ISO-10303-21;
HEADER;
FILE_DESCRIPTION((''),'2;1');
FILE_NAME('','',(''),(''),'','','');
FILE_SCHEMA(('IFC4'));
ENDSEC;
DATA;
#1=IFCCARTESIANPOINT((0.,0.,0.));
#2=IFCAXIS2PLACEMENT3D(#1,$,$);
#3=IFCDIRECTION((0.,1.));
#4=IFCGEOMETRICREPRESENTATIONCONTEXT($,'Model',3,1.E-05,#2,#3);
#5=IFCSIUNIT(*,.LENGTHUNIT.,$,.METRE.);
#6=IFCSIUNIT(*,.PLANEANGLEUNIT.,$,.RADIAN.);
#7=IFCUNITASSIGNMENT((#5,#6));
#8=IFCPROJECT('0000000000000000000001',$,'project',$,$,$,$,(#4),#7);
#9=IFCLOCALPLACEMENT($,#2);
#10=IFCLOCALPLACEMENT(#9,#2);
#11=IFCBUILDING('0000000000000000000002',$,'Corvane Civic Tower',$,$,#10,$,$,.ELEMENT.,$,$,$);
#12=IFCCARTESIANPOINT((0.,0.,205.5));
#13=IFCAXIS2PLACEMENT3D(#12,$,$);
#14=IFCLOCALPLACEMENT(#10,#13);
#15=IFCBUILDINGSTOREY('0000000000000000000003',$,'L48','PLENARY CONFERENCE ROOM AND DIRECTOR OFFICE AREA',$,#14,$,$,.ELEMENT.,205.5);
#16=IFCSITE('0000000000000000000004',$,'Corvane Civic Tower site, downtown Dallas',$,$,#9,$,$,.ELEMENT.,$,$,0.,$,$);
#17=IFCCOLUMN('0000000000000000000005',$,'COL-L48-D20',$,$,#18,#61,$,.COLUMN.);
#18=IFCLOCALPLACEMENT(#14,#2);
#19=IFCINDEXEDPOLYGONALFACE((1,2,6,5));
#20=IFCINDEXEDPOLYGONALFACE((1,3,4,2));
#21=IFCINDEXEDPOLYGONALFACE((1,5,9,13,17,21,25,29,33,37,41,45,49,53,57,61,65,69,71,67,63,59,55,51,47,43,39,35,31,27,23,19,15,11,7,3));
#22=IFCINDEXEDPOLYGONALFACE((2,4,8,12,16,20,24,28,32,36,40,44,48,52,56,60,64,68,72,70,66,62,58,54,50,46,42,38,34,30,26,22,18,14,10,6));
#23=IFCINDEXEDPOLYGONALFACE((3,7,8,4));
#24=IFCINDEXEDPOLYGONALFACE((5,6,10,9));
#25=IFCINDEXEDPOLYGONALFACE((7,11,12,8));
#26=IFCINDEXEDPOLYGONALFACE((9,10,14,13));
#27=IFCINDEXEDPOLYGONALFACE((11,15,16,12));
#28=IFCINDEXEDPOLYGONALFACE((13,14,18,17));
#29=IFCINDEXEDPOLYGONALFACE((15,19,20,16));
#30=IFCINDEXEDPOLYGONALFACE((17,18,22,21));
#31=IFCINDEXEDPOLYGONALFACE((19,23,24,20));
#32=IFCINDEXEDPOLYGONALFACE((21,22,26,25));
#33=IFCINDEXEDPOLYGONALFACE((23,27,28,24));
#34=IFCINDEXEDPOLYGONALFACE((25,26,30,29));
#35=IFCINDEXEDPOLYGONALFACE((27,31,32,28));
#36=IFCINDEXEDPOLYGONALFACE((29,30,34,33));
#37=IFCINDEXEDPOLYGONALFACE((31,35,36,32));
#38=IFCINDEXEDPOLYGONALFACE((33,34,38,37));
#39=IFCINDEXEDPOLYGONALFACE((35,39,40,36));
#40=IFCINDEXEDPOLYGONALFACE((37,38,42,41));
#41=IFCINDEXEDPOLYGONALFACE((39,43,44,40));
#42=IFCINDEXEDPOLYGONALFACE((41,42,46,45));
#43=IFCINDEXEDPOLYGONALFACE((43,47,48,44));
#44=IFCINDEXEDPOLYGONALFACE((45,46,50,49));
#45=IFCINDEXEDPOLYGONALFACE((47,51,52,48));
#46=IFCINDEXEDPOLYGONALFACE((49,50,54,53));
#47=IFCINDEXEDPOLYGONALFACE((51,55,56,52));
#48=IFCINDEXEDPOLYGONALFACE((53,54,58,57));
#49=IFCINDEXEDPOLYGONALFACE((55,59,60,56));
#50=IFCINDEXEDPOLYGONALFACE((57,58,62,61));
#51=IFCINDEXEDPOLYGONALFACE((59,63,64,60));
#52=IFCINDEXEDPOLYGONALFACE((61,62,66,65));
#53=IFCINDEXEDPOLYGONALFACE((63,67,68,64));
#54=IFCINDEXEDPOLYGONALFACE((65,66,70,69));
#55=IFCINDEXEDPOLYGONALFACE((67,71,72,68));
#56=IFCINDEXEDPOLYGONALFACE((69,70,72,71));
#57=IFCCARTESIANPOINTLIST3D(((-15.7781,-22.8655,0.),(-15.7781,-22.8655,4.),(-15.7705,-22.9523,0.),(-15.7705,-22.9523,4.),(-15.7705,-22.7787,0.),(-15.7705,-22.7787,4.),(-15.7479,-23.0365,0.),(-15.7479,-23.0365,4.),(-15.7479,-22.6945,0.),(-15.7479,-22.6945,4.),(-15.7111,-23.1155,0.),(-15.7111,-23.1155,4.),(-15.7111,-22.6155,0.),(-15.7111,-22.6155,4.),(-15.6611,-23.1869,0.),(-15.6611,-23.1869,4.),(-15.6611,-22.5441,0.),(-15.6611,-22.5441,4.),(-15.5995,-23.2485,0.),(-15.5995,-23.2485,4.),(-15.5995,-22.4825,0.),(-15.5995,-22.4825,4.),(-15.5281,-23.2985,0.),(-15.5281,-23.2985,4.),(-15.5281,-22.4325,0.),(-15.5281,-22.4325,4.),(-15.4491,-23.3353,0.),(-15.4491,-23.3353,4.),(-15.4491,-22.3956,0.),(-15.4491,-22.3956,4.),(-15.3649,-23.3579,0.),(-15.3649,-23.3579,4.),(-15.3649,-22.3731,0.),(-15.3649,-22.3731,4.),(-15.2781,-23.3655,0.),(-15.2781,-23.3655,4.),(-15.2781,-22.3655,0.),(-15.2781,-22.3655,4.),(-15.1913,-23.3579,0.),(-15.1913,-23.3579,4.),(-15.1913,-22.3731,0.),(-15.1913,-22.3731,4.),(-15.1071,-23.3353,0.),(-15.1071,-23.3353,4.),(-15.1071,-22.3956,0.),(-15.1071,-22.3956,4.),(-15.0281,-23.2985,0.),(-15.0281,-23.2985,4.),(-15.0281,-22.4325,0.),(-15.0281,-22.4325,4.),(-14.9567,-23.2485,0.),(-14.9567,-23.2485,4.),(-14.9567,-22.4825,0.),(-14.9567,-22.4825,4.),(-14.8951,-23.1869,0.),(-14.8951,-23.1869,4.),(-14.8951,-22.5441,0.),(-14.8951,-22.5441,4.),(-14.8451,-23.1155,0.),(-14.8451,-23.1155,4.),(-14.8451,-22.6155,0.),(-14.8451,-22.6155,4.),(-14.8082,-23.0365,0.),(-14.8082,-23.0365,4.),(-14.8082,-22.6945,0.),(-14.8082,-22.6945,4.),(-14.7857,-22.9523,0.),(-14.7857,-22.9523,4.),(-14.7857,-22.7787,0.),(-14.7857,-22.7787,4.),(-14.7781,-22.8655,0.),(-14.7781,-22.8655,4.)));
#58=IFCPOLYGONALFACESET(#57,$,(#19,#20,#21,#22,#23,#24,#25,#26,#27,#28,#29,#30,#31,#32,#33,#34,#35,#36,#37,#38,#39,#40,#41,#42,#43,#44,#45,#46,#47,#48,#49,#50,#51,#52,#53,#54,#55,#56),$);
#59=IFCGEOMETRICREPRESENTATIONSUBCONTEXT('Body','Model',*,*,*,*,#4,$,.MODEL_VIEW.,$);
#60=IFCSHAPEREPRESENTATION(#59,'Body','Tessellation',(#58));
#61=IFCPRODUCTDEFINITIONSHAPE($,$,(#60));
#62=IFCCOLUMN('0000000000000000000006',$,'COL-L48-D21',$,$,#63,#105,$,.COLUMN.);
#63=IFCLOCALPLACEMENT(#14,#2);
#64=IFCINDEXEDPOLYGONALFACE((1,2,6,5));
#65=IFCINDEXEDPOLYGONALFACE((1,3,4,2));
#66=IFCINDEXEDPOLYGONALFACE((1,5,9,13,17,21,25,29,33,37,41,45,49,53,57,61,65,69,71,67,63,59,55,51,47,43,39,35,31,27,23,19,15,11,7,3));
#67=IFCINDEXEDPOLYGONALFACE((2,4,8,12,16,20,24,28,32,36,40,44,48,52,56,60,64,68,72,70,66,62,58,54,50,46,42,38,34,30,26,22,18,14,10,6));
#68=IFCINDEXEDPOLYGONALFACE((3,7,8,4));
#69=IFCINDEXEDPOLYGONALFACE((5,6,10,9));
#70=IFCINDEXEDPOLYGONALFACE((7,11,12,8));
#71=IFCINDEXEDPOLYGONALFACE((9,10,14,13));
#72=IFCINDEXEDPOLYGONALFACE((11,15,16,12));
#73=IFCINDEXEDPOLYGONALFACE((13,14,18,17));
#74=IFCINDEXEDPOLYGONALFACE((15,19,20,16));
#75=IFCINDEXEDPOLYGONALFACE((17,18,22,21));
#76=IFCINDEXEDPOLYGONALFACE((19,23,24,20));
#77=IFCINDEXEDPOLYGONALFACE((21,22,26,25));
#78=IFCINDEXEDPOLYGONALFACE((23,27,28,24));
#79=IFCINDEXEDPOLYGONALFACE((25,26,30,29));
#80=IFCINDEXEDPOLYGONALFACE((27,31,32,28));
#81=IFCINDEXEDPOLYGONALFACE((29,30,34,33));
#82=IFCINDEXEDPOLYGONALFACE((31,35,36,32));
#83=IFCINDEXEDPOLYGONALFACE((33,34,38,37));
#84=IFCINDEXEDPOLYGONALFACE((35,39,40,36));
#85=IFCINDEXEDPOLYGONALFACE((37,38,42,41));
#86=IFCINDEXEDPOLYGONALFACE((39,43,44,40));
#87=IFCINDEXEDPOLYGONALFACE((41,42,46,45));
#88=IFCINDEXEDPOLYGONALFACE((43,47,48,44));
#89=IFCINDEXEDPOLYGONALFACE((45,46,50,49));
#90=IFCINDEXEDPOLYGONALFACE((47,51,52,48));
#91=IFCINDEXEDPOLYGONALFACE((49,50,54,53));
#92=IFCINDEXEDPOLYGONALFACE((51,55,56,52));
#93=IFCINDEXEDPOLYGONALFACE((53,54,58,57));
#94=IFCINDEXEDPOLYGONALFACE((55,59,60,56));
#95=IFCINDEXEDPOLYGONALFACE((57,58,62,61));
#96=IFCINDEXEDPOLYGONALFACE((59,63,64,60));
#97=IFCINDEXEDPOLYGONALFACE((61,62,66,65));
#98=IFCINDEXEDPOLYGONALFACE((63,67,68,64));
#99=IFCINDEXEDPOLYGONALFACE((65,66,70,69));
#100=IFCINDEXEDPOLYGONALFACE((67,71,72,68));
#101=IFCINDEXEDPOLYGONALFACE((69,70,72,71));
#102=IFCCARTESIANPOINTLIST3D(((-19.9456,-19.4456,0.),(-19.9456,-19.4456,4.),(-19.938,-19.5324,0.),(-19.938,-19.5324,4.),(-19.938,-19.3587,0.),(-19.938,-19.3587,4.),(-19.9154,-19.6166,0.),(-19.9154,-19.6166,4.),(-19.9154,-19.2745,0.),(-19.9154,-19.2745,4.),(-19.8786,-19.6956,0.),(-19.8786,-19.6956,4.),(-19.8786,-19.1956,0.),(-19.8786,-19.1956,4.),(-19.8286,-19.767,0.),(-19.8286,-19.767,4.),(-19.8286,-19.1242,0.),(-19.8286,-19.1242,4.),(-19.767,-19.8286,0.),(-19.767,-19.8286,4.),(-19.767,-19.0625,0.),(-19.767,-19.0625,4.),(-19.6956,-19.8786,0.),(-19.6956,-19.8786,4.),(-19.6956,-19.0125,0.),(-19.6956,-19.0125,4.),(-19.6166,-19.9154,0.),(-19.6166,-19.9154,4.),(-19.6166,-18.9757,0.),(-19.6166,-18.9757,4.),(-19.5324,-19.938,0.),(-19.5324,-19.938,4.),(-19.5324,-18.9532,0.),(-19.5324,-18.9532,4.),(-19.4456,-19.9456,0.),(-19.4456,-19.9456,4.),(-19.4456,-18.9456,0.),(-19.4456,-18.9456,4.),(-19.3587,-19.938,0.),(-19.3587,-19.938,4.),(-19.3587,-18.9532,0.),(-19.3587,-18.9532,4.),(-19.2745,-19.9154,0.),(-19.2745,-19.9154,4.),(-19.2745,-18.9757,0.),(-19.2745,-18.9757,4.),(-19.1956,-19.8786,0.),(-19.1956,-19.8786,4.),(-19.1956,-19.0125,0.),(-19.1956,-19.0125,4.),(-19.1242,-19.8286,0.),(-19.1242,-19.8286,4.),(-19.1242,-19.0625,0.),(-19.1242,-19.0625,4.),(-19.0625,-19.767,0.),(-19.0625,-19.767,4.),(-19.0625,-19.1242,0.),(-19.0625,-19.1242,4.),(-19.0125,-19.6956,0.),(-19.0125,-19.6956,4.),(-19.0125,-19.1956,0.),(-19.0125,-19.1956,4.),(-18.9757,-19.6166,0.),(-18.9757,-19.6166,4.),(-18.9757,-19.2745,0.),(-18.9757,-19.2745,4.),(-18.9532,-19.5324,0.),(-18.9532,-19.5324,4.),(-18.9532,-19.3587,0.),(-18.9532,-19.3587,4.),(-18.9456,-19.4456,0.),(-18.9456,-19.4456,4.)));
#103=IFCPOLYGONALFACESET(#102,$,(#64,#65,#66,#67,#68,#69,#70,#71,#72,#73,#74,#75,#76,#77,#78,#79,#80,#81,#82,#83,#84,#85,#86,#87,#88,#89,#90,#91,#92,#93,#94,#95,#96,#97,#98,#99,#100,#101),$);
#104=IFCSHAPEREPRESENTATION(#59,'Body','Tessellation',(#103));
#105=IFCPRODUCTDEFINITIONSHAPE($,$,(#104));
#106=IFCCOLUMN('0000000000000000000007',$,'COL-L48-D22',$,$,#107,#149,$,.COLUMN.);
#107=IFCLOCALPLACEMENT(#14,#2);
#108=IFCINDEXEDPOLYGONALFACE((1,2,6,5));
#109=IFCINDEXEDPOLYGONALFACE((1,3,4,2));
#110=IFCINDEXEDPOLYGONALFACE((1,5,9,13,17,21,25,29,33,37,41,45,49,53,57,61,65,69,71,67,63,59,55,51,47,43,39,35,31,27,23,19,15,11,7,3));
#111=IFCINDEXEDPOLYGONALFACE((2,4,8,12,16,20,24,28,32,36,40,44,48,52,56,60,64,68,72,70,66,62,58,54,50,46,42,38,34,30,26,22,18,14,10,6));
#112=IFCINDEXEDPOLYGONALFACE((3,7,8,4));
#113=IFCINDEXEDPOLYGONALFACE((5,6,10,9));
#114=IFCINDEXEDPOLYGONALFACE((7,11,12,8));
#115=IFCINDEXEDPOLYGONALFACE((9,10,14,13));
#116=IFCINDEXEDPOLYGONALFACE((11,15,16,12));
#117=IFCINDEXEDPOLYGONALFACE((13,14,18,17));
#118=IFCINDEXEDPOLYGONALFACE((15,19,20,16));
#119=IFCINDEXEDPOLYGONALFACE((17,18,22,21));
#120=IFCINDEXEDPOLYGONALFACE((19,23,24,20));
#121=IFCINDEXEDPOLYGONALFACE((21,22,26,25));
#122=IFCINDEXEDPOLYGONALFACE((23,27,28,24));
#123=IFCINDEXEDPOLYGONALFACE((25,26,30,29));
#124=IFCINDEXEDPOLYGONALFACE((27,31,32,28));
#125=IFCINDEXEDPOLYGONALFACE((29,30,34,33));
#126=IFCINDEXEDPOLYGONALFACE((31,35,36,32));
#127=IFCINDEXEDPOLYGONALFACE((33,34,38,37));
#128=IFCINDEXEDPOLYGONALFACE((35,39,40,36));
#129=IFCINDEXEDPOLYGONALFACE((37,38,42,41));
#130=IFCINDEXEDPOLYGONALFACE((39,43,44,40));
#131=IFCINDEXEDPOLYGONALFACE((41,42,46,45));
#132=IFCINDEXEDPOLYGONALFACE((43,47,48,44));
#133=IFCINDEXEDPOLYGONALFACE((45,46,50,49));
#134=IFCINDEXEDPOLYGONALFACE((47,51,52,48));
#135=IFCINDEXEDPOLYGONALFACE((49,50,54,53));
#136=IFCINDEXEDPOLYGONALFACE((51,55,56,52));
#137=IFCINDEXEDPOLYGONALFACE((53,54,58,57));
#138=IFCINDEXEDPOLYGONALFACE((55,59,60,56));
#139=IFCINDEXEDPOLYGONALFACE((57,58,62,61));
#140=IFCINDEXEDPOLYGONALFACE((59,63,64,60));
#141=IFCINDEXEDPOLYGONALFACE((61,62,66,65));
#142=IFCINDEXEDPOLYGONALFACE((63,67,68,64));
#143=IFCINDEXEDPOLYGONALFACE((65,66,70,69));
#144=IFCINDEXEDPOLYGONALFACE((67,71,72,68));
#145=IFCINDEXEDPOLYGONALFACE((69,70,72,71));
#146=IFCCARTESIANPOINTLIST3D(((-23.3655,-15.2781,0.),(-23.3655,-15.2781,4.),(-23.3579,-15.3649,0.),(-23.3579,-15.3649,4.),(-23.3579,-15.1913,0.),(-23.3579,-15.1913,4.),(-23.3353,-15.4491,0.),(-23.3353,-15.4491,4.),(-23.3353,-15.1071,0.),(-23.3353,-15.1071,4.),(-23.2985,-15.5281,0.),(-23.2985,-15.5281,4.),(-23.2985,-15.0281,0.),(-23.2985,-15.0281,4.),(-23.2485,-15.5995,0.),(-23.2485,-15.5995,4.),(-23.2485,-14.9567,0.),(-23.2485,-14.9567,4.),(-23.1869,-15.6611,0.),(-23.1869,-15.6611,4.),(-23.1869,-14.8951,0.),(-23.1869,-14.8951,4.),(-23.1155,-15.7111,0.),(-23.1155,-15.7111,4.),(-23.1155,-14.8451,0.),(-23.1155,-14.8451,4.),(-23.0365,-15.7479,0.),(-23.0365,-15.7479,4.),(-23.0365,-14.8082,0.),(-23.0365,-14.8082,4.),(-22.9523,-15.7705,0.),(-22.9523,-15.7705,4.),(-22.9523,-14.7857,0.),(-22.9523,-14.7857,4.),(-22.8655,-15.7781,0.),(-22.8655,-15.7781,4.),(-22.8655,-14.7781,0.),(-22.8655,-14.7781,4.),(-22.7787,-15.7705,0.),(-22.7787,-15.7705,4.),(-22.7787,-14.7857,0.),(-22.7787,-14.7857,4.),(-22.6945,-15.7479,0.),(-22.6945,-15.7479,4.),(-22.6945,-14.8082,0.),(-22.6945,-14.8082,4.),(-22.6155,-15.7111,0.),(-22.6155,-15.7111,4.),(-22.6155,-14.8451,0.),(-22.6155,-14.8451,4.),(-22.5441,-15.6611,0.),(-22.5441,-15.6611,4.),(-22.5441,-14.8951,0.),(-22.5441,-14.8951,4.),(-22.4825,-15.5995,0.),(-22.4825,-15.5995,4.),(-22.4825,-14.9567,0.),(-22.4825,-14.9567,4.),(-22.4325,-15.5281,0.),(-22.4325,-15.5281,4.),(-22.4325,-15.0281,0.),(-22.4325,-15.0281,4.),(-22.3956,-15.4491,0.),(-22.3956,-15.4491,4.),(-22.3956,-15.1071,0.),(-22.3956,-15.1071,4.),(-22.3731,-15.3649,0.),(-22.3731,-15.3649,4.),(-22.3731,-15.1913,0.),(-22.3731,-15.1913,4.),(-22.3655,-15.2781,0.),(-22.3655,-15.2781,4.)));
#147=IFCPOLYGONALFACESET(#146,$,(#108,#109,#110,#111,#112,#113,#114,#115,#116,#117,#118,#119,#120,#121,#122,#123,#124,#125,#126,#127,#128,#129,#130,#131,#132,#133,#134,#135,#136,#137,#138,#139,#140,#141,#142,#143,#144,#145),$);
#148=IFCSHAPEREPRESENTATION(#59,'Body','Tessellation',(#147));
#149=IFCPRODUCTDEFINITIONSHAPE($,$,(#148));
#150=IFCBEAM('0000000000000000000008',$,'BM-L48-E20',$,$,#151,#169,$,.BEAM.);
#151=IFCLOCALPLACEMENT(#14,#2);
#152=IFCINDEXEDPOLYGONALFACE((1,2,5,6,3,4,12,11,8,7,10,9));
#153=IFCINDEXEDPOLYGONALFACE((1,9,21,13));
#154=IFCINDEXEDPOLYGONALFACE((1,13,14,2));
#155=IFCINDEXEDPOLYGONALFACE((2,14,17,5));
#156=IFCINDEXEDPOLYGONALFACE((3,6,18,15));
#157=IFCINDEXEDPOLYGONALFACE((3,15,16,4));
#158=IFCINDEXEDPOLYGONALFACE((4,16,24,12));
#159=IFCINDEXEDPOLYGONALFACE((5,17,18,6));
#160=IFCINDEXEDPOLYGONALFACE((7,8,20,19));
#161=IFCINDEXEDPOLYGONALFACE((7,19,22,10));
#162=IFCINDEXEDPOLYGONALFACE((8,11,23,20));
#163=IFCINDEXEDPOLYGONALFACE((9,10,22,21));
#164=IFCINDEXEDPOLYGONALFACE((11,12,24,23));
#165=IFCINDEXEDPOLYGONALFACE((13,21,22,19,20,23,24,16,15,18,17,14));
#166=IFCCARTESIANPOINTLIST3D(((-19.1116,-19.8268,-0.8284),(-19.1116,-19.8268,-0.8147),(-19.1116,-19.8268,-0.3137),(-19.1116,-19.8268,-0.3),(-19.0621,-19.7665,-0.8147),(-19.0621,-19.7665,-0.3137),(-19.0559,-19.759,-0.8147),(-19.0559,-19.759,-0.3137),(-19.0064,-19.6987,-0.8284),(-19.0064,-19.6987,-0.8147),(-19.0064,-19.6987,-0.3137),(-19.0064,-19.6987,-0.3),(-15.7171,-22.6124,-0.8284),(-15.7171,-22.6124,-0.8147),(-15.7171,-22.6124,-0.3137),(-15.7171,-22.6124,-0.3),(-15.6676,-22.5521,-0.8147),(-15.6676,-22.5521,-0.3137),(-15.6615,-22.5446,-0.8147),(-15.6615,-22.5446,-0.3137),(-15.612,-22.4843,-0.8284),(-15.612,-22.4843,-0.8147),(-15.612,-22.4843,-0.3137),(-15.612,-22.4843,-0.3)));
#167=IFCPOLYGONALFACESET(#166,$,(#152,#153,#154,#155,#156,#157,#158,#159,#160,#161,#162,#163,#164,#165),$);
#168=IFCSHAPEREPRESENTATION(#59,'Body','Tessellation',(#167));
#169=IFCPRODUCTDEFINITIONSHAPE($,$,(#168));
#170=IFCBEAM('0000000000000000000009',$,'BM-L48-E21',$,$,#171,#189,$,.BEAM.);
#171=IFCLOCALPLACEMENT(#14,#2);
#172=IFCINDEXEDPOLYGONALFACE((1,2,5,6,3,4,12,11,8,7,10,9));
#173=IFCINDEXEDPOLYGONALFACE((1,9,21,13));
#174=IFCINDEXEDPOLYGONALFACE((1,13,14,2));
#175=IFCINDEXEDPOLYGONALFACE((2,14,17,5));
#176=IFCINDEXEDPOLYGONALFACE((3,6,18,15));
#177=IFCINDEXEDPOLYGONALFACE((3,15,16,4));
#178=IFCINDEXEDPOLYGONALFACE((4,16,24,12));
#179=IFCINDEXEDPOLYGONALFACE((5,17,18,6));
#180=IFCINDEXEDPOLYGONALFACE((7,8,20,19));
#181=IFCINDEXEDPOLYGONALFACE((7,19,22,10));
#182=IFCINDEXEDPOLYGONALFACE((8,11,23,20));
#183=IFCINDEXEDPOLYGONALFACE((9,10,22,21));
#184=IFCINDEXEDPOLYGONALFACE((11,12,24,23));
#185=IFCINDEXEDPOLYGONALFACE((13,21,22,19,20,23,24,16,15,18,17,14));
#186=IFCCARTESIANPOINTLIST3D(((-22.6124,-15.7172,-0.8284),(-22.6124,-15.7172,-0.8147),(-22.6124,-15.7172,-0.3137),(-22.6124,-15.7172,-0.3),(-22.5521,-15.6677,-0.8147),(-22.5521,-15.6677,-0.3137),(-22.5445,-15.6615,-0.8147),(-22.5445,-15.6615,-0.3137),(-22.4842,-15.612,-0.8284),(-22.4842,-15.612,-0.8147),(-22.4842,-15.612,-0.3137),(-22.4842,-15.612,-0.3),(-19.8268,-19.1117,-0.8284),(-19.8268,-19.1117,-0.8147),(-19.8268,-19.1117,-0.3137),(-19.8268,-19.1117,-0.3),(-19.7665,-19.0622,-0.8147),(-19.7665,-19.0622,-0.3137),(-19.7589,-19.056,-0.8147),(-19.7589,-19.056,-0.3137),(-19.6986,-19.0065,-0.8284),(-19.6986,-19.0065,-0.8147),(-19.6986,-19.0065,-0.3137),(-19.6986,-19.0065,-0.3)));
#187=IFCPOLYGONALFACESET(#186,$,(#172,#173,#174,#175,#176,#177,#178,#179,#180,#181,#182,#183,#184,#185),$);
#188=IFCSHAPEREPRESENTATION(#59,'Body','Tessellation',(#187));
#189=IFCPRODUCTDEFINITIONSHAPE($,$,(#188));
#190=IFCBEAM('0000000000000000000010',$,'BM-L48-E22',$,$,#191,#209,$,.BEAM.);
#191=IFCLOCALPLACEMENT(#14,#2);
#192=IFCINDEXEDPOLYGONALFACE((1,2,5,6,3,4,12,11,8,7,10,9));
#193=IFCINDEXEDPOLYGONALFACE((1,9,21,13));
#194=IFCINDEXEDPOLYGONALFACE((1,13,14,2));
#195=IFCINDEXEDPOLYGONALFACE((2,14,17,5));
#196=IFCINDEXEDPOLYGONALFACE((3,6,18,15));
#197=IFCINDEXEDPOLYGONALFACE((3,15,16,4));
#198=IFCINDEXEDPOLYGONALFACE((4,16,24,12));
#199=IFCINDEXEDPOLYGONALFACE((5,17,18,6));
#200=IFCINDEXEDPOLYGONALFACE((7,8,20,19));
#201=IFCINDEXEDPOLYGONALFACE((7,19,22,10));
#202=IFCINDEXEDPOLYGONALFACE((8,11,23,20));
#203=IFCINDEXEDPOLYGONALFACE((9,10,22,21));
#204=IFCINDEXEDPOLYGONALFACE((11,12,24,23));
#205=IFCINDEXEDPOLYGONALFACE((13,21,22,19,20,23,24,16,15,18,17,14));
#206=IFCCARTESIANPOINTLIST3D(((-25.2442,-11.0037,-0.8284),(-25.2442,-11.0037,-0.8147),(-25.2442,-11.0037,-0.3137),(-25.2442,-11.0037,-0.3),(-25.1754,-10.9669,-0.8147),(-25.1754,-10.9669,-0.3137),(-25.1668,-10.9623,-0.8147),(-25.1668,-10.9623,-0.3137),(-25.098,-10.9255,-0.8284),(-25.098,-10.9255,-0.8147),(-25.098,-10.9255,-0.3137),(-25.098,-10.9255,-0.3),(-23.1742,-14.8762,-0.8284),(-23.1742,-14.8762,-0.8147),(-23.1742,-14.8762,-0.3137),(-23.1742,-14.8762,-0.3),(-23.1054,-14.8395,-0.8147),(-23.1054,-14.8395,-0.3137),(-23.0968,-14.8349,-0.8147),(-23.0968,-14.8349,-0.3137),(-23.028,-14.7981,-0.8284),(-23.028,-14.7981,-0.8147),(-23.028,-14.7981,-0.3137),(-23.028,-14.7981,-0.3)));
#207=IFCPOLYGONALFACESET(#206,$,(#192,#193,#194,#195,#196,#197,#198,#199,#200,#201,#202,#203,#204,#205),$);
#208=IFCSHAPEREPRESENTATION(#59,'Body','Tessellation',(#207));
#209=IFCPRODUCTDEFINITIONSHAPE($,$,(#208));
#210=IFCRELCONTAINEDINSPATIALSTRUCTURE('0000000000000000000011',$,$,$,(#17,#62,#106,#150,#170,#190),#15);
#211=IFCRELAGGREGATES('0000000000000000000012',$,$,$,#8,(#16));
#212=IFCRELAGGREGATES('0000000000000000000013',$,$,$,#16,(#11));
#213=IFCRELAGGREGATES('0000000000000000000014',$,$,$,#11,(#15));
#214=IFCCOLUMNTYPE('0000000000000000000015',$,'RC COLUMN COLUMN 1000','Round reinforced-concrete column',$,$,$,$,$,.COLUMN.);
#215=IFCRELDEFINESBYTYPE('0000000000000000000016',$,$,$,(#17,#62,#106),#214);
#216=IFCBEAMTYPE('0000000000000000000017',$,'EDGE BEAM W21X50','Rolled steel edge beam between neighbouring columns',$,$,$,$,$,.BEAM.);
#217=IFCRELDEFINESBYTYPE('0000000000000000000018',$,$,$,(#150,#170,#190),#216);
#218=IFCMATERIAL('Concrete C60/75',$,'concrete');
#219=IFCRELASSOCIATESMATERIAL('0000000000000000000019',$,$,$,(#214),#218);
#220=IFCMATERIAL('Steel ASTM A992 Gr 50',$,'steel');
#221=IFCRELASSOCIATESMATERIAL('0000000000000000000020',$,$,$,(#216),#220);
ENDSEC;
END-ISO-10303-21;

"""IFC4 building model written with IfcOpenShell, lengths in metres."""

from ifc_helpers import new_model, si_unit, direction, frame, origin, origin_2d, place, context, subcontext, project, spatial, circle, i_section, extrude, material, material_profile, profile_set, type_object, element, save


model = new_model("IFC4")

# Units and contexts
model_context = context("Model", 3, precision=1e-05, world=origin(), true_north=direction((0.0, 1.0)))
body_context = subcontext(model_context, "Body", "Model", "MODEL_VIEW")
ifc_project = project(units=[si_unit("LENGTHUNIT", "METRE"), si_unit("PLANEANGLEUNIT", "RADIAN")], contexts=[model_context])

# Site, building, storey
site_placement = place(None, origin())
site = spatial("IfcSite", under=ifc_project, at=site_placement, Name="Corvane Civic Tower site, downtown Dallas", CompositionType="ELEMENT", RefElevation=0.0)
building_placement = place(site_placement, origin())
building = spatial("IfcBuilding", under=site, at=building_placement, Name="Corvane Civic Tower", CompositionType="ELEMENT")
storey_placement = place(building_placement, frame((0.0, 0.0, 205.5)))
storey = spatial("IfcBuildingStorey", under=building, at=storey_placement, Name="L48", Description="PLENARY CONFERENCE ROOM AND DIRECTOR OFFICE AREA", CompositionType="ELEMENT", Elevation=205.5)

# Columns
ifc_material_1 = material(Name="Concrete C60/75", Category="concrete")
ifc_material_profile_1 = material_profile(ifc_material_1, circle(Radius=0.5, at=origin_2d()), Name="COLUMN 1000")
ifc_profile_set_1 = profile_set([ifc_material_profile_1], Name="Concrete C60/75")
column_type = type_object("IfcColumnType", Name="RC COLUMN COLUMN 1000", Description="Round reinforced-concrete column", PredefinedType="COLUMN", material=ifc_profile_set_1)
for number, where, z_axis, x_axis, name in (
    (1, (-15.2781, -22.8655, 0.0), (0.0, 0.0, 1.0), (1.0, 0.0, 0.0), "COL-L48-D20"),
    (2, (-19.4456, -19.4456, 0.0), (0.0, 0.0, 1.0), (1.0, 0.0, 0.0), "COL-L48-D21"),
    (3, (-22.8655, -15.2781, 0.0), (0.0, 0.0, 1.0), (1.0, 0.0, 0.0), "COL-L48-D22"),
):
    element("IfcColumn", number, at=place(storey_placement, frame(where, z_axis=z_axis, x_axis=x_axis)), inside=storey, type_object=column_type, Name=name, PredefinedType="COLUMN", context=body_context, shape_type="SweptSolid", body=[
        extrude(circle(Radius=0.5, at=origin_2d()), origin(), (0.0, 0.0, 1.0), 4.0),
    ])

# Beams
ifc_material_2 = material(Name="Steel ASTM A992 Gr 50", Category="steel")
ifc_material_profile_2 = material_profile(ifc_material_2, i_section(OverallWidth=0.1658, OverallDepth=0.5283, WebThickness=0.0098, FlangeThickness=0.0137, at=origin_2d()), Name="W21X50")
ifc_profile_set_2 = profile_set([ifc_material_profile_2], Name="Steel ASTM A992 Gr 50")
beam_type_1 = type_object("IfcBeamType", Name="EDGE BEAM W21X50", Description="Rolled steel edge beam between neighbouring columns", PredefinedType="BEAM", material=ifc_profile_set_2)
for number, where, z_axis, x_axis, name in (
    (4, (-15.6646, -22.5483, -0.5642), (-0.77303, 0.634369, 0.0), (-0.634369, -0.77303, 0.0), "BM-L48-E20"),
    (5, (-19.7627, -19.0591, -0.5642), (-0.634369, 0.77303, 0.0), (-0.77303, -0.634369, 0.0), "BM-L48-E21"),
    (6, (-23.1011, -14.8372, -0.5642), (-0.471422, 0.881908, 0.0), (-0.881908, -0.471422, 0.0), "BM-L48-E22"),
):
    element("IfcBeam", number, at=place(storey_placement, frame(where, z_axis=z_axis, x_axis=x_axis)), inside=storey, type_object=beam_type_1, Name=name, PredefinedType="BEAM", context=body_context, shape_type="SweptSolid", body=[
        extrude(i_section(OverallWidth=0.1658, OverallDepth=0.5283, WebThickness=0.0098, FlangeThickness=0.0137, at=origin_2d()), origin(), (0.0, 0.0, 1.0), 4.3911),
    ])

save(model, "model.ifc")
